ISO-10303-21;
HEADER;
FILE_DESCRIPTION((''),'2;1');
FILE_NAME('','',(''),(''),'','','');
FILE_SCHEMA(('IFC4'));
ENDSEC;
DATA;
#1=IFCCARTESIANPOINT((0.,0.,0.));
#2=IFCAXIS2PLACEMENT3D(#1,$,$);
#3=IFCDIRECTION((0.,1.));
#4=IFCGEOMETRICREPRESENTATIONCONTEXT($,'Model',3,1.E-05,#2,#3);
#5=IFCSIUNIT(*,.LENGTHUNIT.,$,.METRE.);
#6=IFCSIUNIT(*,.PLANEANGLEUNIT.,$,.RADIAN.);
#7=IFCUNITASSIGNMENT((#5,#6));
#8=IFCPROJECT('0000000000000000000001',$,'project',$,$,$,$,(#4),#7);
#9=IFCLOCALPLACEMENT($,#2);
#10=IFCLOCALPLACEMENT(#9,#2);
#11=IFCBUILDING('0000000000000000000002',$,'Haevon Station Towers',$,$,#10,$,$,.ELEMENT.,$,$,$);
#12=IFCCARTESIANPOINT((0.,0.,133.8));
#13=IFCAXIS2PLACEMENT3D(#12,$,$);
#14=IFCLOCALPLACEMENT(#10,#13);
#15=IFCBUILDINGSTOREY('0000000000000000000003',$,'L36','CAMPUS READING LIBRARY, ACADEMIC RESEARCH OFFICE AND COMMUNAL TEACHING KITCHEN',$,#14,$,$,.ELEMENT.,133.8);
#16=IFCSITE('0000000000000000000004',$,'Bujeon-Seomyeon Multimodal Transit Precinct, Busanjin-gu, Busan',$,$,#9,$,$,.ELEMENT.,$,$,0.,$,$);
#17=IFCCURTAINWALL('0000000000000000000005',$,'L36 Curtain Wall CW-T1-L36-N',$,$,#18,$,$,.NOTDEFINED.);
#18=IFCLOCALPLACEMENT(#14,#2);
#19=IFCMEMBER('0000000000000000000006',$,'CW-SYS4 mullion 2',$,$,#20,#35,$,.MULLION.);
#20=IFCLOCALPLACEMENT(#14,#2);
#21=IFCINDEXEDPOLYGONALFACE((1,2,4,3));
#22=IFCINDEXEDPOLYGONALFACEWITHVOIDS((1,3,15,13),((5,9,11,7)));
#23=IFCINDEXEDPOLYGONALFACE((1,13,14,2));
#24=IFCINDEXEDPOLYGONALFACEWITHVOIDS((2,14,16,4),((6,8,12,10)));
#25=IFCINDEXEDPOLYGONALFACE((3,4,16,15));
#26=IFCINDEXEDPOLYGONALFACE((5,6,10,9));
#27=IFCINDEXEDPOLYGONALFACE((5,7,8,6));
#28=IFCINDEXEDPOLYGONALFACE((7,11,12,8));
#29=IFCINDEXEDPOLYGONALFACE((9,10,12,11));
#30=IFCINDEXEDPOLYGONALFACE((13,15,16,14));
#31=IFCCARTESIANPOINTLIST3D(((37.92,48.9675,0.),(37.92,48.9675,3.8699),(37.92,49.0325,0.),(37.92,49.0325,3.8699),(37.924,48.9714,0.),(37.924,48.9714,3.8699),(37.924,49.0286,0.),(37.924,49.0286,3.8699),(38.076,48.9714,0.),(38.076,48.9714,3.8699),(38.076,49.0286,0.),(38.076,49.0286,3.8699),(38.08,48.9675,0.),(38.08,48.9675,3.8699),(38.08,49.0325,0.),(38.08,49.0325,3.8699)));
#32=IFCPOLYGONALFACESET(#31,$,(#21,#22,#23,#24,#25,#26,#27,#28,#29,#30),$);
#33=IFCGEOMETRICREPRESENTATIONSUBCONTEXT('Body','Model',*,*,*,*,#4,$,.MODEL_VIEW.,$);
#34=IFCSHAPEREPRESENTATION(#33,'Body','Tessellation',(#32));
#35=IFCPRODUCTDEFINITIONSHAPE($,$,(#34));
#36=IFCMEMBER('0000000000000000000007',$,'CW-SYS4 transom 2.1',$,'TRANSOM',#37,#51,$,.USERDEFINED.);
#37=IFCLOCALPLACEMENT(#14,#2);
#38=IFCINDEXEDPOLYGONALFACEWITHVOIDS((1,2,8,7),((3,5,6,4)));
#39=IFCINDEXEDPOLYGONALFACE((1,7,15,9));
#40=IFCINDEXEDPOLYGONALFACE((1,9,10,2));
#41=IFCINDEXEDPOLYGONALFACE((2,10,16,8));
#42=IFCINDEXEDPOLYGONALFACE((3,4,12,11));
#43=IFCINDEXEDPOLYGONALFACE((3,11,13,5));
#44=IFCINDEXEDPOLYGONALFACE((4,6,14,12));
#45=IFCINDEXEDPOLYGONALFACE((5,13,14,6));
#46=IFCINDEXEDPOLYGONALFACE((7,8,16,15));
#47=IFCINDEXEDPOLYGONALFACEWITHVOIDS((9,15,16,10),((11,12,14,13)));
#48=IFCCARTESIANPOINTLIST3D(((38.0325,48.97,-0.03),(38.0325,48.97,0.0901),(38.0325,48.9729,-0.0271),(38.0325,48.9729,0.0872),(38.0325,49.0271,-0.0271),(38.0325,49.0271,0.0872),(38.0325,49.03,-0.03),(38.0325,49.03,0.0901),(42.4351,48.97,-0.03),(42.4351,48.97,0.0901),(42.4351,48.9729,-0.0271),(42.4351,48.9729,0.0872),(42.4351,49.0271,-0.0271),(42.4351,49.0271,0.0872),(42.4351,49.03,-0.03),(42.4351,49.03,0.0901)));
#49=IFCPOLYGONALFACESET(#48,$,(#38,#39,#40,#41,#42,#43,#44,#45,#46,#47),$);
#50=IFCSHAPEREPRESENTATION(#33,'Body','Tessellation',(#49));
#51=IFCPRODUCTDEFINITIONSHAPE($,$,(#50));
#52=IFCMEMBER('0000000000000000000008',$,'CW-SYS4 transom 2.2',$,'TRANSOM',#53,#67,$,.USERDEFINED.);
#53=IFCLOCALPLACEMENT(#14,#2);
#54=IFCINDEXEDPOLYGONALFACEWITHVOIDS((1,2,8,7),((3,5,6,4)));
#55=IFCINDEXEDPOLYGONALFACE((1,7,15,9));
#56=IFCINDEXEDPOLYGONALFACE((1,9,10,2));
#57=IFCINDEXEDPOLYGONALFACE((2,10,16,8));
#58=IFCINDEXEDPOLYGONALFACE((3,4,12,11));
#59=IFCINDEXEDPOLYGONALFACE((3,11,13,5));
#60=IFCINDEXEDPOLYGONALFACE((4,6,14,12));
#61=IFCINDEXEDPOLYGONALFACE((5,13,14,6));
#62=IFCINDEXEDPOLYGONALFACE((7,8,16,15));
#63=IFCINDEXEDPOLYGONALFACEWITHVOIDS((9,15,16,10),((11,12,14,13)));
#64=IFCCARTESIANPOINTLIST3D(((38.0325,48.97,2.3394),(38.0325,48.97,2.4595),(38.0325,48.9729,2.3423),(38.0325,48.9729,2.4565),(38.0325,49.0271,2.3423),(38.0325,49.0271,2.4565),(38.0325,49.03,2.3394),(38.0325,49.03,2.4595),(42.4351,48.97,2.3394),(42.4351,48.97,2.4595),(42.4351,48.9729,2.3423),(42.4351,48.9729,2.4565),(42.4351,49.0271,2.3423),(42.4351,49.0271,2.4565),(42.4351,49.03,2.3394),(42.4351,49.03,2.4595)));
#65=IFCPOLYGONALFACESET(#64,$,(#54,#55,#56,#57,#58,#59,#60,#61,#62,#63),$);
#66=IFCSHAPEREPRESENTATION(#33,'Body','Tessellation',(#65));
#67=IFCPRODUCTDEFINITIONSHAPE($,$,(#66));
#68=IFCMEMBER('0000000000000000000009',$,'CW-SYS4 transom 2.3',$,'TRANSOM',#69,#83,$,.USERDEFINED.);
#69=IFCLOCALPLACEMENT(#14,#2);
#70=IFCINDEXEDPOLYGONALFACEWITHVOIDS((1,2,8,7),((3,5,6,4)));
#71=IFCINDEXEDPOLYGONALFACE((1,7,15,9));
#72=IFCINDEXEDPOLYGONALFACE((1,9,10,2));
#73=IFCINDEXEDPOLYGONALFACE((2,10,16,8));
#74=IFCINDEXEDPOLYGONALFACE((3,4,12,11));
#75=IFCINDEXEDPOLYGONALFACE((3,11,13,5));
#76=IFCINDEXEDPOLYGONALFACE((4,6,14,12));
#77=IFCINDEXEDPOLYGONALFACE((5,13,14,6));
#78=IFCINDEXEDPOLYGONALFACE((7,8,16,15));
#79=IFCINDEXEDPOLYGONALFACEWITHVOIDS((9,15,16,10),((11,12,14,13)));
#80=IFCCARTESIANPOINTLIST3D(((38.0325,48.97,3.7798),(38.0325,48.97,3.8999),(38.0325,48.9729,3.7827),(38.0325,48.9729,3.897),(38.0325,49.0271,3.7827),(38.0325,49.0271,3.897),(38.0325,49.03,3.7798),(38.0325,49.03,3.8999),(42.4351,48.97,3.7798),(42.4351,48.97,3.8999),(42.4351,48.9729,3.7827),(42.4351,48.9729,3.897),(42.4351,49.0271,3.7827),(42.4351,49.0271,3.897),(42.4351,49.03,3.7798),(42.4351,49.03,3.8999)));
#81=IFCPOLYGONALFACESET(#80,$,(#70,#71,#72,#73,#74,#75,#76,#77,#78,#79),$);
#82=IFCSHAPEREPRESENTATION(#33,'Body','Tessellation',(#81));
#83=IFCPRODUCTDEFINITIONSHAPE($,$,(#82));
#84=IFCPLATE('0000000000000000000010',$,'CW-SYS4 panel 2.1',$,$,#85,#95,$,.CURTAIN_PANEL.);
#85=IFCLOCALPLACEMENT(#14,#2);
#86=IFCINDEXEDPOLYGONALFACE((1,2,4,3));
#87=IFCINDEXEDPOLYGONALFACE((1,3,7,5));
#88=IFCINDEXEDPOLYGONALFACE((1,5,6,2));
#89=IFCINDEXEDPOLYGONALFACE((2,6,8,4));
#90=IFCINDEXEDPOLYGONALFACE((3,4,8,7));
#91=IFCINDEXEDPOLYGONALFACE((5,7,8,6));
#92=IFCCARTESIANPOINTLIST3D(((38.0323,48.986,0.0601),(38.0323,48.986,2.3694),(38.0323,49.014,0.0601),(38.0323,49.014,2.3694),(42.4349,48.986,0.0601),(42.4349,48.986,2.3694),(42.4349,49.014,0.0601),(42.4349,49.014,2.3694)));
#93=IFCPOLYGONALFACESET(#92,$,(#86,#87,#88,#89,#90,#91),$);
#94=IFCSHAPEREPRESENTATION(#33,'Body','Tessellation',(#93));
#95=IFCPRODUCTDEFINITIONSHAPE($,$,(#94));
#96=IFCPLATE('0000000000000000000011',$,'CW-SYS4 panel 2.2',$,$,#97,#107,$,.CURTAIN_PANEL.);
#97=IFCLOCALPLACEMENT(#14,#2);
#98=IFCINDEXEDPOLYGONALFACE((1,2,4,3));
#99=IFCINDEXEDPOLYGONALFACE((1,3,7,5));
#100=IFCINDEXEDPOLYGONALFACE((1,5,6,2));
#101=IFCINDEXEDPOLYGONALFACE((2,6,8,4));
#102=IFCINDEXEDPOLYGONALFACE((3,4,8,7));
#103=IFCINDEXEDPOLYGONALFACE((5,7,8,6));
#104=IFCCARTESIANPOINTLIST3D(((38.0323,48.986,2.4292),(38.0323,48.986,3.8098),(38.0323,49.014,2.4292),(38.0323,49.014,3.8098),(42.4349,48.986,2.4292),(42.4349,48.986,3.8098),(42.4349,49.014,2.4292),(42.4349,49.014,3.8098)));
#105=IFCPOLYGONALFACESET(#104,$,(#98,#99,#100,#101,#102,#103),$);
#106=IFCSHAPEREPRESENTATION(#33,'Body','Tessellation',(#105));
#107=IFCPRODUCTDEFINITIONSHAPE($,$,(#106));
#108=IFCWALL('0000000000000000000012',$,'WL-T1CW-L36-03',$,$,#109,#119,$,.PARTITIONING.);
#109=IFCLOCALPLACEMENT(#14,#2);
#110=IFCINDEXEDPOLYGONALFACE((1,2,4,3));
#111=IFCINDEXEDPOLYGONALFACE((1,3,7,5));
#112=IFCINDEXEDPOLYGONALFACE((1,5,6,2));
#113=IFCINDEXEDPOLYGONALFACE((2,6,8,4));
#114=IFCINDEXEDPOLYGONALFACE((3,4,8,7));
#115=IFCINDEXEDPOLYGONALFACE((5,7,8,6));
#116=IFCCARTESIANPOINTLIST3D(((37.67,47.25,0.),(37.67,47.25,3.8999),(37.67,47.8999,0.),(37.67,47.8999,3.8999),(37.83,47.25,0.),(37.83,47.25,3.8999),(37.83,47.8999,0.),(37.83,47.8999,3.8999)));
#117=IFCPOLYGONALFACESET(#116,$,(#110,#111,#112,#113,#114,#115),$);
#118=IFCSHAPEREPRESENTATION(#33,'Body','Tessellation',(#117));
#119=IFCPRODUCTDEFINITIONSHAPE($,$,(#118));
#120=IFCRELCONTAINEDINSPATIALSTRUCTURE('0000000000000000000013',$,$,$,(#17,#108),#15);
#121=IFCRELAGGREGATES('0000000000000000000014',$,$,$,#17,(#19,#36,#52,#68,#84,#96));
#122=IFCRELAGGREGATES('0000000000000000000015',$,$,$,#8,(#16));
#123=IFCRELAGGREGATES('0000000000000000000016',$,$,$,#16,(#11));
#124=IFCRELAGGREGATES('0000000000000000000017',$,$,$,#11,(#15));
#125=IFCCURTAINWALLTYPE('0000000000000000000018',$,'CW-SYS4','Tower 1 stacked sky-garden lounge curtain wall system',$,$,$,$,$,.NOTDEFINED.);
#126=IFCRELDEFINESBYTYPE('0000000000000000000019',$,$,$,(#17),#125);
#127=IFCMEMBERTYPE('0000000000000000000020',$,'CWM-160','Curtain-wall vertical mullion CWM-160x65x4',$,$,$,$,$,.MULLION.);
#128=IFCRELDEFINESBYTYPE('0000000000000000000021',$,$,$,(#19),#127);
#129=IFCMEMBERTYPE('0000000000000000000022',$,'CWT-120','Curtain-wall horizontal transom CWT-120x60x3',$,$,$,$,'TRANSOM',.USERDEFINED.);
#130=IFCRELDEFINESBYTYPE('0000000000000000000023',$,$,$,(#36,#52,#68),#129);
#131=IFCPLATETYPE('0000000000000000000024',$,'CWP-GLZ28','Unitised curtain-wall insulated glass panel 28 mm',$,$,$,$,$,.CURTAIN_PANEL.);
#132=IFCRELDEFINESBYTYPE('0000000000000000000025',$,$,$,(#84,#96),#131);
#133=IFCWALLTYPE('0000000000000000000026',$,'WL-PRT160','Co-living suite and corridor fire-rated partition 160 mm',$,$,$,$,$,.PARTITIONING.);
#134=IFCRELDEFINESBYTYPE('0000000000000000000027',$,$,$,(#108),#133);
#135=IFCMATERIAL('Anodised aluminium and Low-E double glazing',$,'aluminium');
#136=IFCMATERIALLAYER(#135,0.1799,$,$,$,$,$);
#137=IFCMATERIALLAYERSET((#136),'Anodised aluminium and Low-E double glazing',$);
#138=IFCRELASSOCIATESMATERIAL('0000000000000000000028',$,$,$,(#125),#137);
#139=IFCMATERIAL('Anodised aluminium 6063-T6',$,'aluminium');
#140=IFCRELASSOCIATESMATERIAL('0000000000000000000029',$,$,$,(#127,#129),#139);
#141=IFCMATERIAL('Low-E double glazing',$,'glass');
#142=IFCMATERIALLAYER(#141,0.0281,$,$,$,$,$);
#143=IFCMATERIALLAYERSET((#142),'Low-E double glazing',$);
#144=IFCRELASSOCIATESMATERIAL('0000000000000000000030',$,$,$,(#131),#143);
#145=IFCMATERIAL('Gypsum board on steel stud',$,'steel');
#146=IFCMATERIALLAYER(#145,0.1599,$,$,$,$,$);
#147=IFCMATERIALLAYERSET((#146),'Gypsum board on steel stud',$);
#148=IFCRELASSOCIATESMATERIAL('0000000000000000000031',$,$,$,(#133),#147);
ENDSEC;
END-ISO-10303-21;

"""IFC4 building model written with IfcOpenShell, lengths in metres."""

from ifc_helpers import new_model, si_unit, direction, frame, frame_2d, origin, origin_2d, place, context, subcontext, project, spatial, rectangle, hollow_rectangle, extrude, material, layer, layer_set, material_profile, profile_set, type_object, element, aggregate, save


model = new_model("IFC4")

# Units and contexts
model_context = context("Model", 3, precision=1e-05, world=origin(), true_north=direction((0.0, 1.0)))
body_context = subcontext(model_context, "Body", "Model", "MODEL_VIEW")
ifc_project = project(units=[si_unit("LENGTHUNIT", "METRE"), si_unit("PLANEANGLEUNIT", "RADIAN")], contexts=[model_context])

# Site, building, storey
site_placement = place(None, origin())
site = spatial("IfcSite", under=ifc_project, at=site_placement, Name="Bujeon-Seomyeon Multimodal Transit Precinct, Busanjin-gu, Busan", CompositionType="ELEMENT", RefElevation=0.0)
building_placement = place(site_placement, origin())
building = spatial("IfcBuilding", under=site, at=building_placement, Name="Haevon Station Towers", CompositionType="ELEMENT")
storey_placement = place(building_placement, frame((0.0, 0.0, 133.8)))
storey = spatial("IfcBuildingStorey", under=building, at=storey_placement, Name="L36", Description="CAMPUS READING LIBRARY, ACADEMIC RESEARCH OFFICE AND COMMUNAL TEACHING KITCHEN", CompositionType="ELEMENT", Elevation=133.8)

# Curtain wall, members, plates
ifc_material_1 = material(Name="Anodised aluminium and Low-E double glazing", Category="aluminium")
ifc_layer_1 = layer(ifc_material_1, 0.1799)
ifc_layer_set_1 = layer_set([ifc_layer_1], Name="Anodised aluminium and Low-E double glazing")
curtain_wall_type = type_object("IfcCurtainWallType", Name="CW-SYS4", Description="Tower 1 stacked sky-garden lounge curtain wall system", PredefinedType="NOTDEFINED", material=ifc_layer_set_1)
curtain_wall_placement = place(storey_placement, origin())
curtain_wall = element("IfcCurtainWall", 1, at=curtain_wall_placement, inside=storey, type_object=curtain_wall_type, Name="L36 Curtain Wall CW-T1-L36-N", PredefinedType="NOTDEFINED")
ifc_material_2 = material(Name="Anodised aluminium 6063-T6", Category="aluminium")
ifc_material_profile_1 = material_profile(ifc_material_2, hollow_rectangle(XDim=0.0649, YDim=0.1599, WallThickness=0.0039, at=origin_2d()), Name="CWM-160x65x4")
ifc_profile_set_1 = profile_set([ifc_material_profile_1], Name="Anodised aluminium 6063-T6")
member_type_1 = type_object("IfcMemberType", Name="CWM-160", Description="Curtain-wall vertical mullion CWM-160x65x4", PredefinedType="MULLION", material=ifc_profile_set_1)
member_1_placement = place(storey_placement, frame((38.0, 49.0, 0.0), z_axis=(0.0, 0.0, 1.0), x_axis=(0.0, 1.0, 0.0)))
member_1 = element("IfcMember", 2, at=member_1_placement, type_object=member_type_1, Name="CW-SYS4 mullion 2", PredefinedType="MULLION", context=body_context, shape_type="SweptSolid", body=[
    extrude(hollow_rectangle(XDim=0.0649, YDim=0.1599, WallThickness=0.0039, at=origin_2d()), origin(), (0.0, 0.0, 1.0), 3.8699),
])
ifc_material_profile_2 = material_profile(ifc_material_2, hollow_rectangle(XDim=0.0601, YDim=0.1201, WallThickness=0.0029, at=origin_2d()), Name="CWT-120x60x3")
ifc_profile_set_2 = profile_set([ifc_material_profile_2], Name="Anodised aluminium 6063-T6")
member_type_2 = type_object("IfcMemberType", Name="CWT-120", Description="Curtain-wall horizontal transom CWT-120x60x3", ElementType="TRANSOM", PredefinedType="USERDEFINED", material=ifc_profile_set_2)
member_2_placement = place(storey_placement, frame((38.0325, 49.0, 0.03), z_axis=(1.0, 0.0, 0.0), x_axis=(0.0, 1.0, 0.0)))
member_2 = element("IfcMember", 3, at=member_2_placement, type_object=member_type_2, Name="CW-SYS4 transom 2.1", ObjectType="TRANSOM", PredefinedType="USERDEFINED", context=body_context, shape_type="SweptSolid", body=[
    extrude(hollow_rectangle(XDim=0.0601, YDim=0.1201, WallThickness=0.0029, at=origin_2d()), origin(), (0.0, 0.0, 1.0), 4.4026),
])
member_3_placement = place(storey_placement, frame((38.0325, 49.0, 2.3994), z_axis=(1.0, 0.0, 0.0), x_axis=(0.0, 1.0, 0.0)))
member_3 = element("IfcMember", 4, at=member_3_placement, type_object=member_type_2, Name="CW-SYS4 transom 2.2", ObjectType="TRANSOM", PredefinedType="USERDEFINED", context=body_context, shape_type="SweptSolid", body=[
    extrude(hollow_rectangle(XDim=0.0601, YDim=0.1201, WallThickness=0.0029, at=origin_2d()), origin(), (0.0, 0.0, 1.0), 4.4026),
])
member_4_placement = place(storey_placement, frame((38.0325, 49.0, 3.8398), z_axis=(1.0, 0.0, 0.0), x_axis=(0.0, 1.0, 0.0)))
member_4 = element("IfcMember", 5, at=member_4_placement, type_object=member_type_2, Name="CW-SYS4 transom 2.3", ObjectType="TRANSOM", PredefinedType="USERDEFINED", context=body_context, shape_type="SweptSolid", body=[
    extrude(hollow_rectangle(XDim=0.0601, YDim=0.1201, WallThickness=0.0029, at=origin_2d()), origin(), (0.0, 0.0, 1.0), 4.4026),
])
ifc_material_3 = material(Name="Low-E double glazing", Category="glass")
ifc_layer_2 = layer(ifc_material_3, 0.0281)
ifc_layer_set_2 = layer_set([ifc_layer_2], Name="Low-E double glazing")
plate_type = type_object("IfcPlateType", Name="CWP-GLZ28", Description="Unitised curtain-wall insulated glass panel 28 mm", PredefinedType="CURTAIN_PANEL", material=ifc_layer_set_2)
plate_1_placement = place(storey_placement, frame((40.2336, 49.0, 0.0601), z_axis=(0.0, 0.0, 1.0), x_axis=(1.0, 0.0, 0.0)))
plate_1 = element("IfcPlate", 6, at=plate_1_placement, type_object=plate_type, Name="CW-SYS4 panel 2.1", PredefinedType="CURTAIN_PANEL", context=body_context, shape_type="SweptSolid", body=[
    extrude(rectangle(XDim=4.4026, YDim=0.0281, at=origin_2d()), origin(), (0.0, 0.0, 1.0), 2.3093),
])
plate_2_placement = place(storey_placement, frame((40.2336, 49.0, 2.4292), z_axis=(0.0, 0.0, 1.0), x_axis=(1.0, 0.0, 0.0)))
plate_2 = element("IfcPlate", 7, at=plate_2_placement, type_object=plate_type, Name="CW-SYS4 panel 2.2", PredefinedType="CURTAIN_PANEL", context=body_context, shape_type="SweptSolid", body=[
    extrude(rectangle(XDim=4.4026, YDim=0.0281, at=origin_2d()), origin(), (0.0, 0.0, 1.0), 1.3806),
])
aggregate(curtain_wall, [member_1, member_2, member_3, member_4, plate_1, plate_2])

# Wall
ifc_material_4 = material(Name="Gypsum board on steel stud", Category="steel")
ifc_layer_3 = layer(ifc_material_4, 0.1599)
ifc_layer_set_3 = layer_set([ifc_layer_3], Name="Gypsum board on steel stud")
wall_type_1 = type_object("IfcWallType", Name="WL-PRT160", Description="Co-living suite and corridor fire-rated partition 160 mm", PredefinedType="PARTITIONING", material=ifc_layer_set_3)
wall_1_placement = place(storey_placement, frame((37.75, 47.25, 0.0), z_axis=(0.0, 0.0, 1.0), x_axis=(0.0, 1.0, 0.0)))
element("IfcWall", 8, at=wall_1_placement, inside=storey, type_object=wall_type_1, Name="WL-T1CW-L36-03", PredefinedType="PARTITIONING", context=body_context, shape_type="SweptSolid", body=[
    extrude(rectangle(XDim=0.6499, YDim=0.1599, at=frame_2d((0.325, 0.0))), origin(), (0.0, 0.0, 1.0), 3.8999),
])

save(model, "model.ifc")
